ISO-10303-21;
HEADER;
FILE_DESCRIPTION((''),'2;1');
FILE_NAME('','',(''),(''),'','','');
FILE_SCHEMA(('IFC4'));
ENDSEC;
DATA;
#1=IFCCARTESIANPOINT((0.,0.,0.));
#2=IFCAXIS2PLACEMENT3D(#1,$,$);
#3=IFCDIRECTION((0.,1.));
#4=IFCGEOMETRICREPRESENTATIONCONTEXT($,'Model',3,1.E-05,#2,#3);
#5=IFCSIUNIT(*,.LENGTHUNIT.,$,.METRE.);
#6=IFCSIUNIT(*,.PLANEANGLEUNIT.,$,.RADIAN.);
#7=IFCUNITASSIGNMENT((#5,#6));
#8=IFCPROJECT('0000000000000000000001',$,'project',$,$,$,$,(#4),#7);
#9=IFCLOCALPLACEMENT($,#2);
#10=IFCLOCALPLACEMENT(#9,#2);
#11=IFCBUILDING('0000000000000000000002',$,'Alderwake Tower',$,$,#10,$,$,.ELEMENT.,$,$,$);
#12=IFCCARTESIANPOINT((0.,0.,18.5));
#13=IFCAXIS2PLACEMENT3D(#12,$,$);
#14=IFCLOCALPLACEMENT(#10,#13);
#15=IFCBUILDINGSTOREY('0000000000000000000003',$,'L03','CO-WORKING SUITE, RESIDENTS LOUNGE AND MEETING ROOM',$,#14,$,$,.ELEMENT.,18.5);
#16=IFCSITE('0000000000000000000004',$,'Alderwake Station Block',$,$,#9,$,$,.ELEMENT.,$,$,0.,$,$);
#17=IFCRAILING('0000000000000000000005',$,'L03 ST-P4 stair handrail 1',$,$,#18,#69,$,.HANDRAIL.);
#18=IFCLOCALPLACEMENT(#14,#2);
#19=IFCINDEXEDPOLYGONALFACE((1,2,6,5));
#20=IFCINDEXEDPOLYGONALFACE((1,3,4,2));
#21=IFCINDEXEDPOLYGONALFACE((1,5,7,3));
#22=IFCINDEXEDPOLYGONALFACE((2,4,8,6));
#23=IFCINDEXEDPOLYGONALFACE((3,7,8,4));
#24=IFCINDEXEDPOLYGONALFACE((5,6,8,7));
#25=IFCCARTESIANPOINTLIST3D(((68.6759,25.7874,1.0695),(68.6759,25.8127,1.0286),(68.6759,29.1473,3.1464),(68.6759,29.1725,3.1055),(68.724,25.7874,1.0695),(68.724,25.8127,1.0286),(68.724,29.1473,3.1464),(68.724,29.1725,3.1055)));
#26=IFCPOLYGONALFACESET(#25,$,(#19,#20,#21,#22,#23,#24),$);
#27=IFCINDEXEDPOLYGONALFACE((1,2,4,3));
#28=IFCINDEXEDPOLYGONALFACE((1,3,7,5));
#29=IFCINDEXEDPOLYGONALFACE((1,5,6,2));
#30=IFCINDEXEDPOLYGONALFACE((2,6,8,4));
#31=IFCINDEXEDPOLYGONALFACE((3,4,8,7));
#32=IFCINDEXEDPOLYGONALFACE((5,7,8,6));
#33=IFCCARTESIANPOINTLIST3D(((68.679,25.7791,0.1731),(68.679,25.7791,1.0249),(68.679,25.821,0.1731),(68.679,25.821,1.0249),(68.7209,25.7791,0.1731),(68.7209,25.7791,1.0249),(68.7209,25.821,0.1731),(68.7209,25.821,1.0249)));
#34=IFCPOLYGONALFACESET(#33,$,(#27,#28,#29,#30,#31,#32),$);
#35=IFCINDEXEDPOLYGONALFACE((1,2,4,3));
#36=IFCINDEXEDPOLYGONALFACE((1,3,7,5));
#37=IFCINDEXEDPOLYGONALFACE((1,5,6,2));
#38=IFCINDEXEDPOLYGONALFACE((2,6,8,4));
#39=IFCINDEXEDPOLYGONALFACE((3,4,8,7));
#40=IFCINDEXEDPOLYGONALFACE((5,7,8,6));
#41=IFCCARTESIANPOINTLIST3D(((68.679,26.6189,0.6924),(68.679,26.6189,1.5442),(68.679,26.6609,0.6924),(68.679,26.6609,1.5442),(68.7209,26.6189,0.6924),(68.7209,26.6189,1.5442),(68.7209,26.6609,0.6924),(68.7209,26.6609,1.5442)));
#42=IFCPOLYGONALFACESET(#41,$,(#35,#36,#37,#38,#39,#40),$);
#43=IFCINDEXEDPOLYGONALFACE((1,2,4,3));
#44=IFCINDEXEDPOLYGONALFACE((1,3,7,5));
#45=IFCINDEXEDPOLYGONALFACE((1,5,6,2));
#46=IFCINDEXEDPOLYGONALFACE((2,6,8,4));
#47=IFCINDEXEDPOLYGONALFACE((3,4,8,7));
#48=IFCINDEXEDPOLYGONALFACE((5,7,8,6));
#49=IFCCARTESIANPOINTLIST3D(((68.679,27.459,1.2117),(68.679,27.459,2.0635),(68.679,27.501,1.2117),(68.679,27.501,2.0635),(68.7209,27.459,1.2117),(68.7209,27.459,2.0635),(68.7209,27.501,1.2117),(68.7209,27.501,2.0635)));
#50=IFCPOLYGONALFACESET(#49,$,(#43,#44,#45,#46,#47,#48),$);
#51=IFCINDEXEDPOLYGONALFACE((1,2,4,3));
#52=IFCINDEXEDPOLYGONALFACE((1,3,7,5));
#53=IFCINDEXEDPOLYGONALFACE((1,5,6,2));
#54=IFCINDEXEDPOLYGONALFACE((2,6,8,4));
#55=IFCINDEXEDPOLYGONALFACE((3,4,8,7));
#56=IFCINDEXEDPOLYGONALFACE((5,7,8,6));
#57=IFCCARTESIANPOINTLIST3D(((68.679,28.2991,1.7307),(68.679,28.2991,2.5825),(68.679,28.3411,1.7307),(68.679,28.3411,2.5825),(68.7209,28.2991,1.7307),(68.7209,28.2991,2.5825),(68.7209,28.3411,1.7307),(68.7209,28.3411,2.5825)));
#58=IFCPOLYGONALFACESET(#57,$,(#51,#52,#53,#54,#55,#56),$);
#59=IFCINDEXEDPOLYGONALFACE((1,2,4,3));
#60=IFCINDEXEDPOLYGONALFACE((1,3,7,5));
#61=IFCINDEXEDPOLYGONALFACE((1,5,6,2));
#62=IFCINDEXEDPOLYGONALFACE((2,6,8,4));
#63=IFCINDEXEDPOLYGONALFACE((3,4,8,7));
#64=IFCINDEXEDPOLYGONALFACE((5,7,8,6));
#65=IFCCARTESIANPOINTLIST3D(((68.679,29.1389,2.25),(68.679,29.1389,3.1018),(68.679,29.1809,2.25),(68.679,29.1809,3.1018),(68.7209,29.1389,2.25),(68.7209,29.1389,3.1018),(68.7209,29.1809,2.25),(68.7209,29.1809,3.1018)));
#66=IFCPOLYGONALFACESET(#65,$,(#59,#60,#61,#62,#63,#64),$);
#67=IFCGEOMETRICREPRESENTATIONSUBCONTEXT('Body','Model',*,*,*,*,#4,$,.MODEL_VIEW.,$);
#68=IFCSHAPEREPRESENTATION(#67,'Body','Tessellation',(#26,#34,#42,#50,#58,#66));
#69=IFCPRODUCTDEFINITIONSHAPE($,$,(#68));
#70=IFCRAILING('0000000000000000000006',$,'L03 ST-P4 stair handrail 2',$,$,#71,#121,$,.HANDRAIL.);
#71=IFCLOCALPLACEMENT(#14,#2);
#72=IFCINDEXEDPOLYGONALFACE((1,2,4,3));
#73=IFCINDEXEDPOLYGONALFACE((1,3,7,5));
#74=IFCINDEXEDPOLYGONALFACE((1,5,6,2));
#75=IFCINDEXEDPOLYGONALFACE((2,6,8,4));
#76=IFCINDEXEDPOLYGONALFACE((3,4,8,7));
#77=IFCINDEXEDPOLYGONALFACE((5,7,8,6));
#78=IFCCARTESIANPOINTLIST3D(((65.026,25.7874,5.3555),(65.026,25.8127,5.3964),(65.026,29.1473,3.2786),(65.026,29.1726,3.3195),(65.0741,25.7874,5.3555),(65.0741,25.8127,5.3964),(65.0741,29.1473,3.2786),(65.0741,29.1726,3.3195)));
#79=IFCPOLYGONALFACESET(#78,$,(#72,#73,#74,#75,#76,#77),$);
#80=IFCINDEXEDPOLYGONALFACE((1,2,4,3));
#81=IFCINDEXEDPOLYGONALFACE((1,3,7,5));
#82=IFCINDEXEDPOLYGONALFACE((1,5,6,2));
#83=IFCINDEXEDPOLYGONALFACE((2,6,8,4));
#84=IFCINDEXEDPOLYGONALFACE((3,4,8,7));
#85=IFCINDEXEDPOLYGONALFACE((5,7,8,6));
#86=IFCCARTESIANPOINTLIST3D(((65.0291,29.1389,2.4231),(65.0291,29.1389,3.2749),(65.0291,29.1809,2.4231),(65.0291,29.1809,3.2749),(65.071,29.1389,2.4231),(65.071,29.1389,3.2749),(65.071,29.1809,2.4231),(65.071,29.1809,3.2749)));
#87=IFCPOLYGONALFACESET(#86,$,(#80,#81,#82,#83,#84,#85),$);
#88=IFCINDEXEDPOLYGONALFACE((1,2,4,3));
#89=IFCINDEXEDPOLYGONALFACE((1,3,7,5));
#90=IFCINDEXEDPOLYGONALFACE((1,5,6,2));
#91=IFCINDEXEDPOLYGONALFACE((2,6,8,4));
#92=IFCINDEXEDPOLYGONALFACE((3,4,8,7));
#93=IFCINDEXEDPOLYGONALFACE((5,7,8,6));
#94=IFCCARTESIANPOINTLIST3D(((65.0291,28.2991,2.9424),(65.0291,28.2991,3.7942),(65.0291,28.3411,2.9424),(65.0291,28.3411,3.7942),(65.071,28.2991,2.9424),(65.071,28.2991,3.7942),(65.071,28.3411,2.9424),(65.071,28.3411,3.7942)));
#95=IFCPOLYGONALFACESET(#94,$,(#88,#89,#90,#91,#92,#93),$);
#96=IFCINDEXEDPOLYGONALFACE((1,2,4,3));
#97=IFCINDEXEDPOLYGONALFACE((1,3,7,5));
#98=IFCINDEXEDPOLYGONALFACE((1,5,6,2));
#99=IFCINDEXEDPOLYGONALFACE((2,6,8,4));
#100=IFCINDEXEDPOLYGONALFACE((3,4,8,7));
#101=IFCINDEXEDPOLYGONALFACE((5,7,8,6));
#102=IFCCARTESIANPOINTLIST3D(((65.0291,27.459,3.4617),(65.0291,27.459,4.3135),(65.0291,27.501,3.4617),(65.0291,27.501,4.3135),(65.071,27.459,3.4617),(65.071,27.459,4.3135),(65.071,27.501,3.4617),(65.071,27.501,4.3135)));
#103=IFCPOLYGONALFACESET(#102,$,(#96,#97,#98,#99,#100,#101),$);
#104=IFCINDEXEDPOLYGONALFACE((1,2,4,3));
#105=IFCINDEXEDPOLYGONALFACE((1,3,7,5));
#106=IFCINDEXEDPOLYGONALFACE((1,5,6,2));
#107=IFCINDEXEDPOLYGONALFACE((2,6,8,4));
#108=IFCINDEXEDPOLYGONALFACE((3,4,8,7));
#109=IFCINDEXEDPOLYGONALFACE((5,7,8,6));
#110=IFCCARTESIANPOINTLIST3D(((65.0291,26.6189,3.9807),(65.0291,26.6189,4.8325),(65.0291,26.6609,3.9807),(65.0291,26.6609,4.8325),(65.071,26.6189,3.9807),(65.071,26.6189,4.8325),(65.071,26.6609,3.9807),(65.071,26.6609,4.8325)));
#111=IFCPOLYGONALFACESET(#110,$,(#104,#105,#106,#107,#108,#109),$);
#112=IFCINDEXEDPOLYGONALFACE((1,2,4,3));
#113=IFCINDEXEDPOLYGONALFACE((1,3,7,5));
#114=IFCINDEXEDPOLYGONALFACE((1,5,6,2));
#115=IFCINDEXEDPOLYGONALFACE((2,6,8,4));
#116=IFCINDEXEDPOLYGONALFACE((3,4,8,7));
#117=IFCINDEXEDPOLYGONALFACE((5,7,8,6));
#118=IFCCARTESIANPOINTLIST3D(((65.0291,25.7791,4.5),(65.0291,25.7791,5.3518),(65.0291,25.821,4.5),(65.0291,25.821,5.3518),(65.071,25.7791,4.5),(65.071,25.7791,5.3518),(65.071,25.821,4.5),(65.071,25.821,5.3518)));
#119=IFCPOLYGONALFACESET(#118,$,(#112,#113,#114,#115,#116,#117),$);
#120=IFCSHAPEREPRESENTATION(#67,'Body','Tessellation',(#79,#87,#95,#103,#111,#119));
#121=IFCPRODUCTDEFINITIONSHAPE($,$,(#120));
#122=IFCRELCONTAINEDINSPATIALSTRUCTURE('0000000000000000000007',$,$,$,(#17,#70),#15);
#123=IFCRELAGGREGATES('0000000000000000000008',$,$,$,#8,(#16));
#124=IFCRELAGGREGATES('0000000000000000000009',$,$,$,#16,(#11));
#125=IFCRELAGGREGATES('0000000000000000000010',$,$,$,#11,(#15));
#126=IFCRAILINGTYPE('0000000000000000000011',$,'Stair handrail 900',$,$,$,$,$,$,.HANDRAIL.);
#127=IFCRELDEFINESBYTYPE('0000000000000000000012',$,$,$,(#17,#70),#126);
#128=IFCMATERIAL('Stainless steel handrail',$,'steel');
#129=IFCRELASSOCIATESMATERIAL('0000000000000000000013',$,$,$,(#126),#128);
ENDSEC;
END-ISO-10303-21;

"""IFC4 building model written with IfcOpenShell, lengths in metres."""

from ifc_helpers import new_model, si_unit, direction, frame, origin, origin_2d, place, context, subcontext, project, spatial, rectangle, extrude, material, type_object, element, save


model = new_model("IFC4")

# Units and contexts
model_context = context("Model", 3, precision=1e-05, world=origin(), true_north=direction((0.0, 1.0)))
body_context = subcontext(model_context, "Body", "Model", "MODEL_VIEW")
ifc_project = project(units=[si_unit("LENGTHUNIT", "METRE"), si_unit("PLANEANGLEUNIT", "RADIAN")], contexts=[model_context])

# Site, building, storey
site_placement = place(None, origin())
site = spatial("IfcSite", under=ifc_project, at=site_placement, Name="Alderwake Station Block", CompositionType="ELEMENT", RefElevation=0.0)
building_placement = place(site_placement, origin())
building = spatial("IfcBuilding", under=site, at=building_placement, Name="Alderwake Tower", CompositionType="ELEMENT")
storey_placement = place(building_placement, frame((0.0, 0.0, 18.5)))
storey = spatial("IfcBuildingStorey", under=building, at=storey_placement, Name="L03", Description="CO-WORKING SUITE, RESIDENTS LOUNGE AND MEETING ROOM", CompositionType="ELEMENT", Elevation=18.5)

# Railings
ifc_material_1 = material(Name="Stainless steel handrail", Category="steel")
railing_type_1 = type_object("IfcRailingType", Name="Stair handrail 900", PredefinedType="HANDRAIL", material=ifc_material_1)
railing_1_placement = place(storey_placement, frame((68.7, 25.8, 0.1731)))
element("IfcRailing", 1, at=railing_1_placement, inside=storey, type_object=railing_type_1, Name="L03 ST-P4 stair handrail 1", PredefinedType="HANDRAIL", context=body_context, shape_type="SweptSolid", body=[
    extrude(rectangle(XDim=0.0481, YDim=0.0481, at=origin_2d()), frame((0.0, 0.0, 0.876), z_axis=(0.0, 0.850606, 0.525803), x_axis=(-1.0, 0.0, 0.0)), (0.0, 0.0, 1.0), 3.95),
    extrude(rectangle(XDim=0.042, YDim=0.042, at=origin_2d()), frame((0.0, 0.0, 0.0), z_axis=(0.0, 0.0, 1.0), x_axis=(0.0, 1.0, 0.0)), (0.0, 0.0, 1.0), 0.8518),
    extrude(rectangle(XDim=0.042, YDim=0.042, at=origin_2d()), frame((0.0, 0.8398, 0.5193), z_axis=(0.0, 0.0, 1.0), x_axis=(0.0, 1.0, 0.0)), (0.0, 0.0, 1.0), 0.8518),
    extrude(rectangle(XDim=0.042, YDim=0.042, at=origin_2d()), frame((0.0, 1.6799, 1.0386), z_axis=(0.0, 0.0, 1.0), x_axis=(0.0, 1.0, 0.0)), (0.0, 0.0, 1.0), 0.8518),
    extrude(rectangle(XDim=0.042, YDim=0.042, at=origin_2d()), frame((0.0, 2.52, 1.5576), z_axis=(0.0, 0.0, 1.0), x_axis=(0.0, 1.0, 0.0)), (0.0, 0.0, 1.0), 0.8518),
    extrude(rectangle(XDim=0.042, YDim=0.042, at=origin_2d()), frame((0.0, 3.3599, 2.0769), z_axis=(0.0, 0.0, 1.0), x_axis=(0.0, 1.0, 0.0)), (0.0, 0.0, 1.0), 0.8518),
])
railing_2_placement = place(storey_placement, frame((65.05, 29.1599, 2.4231)))
element("IfcRailing", 2, at=railing_2_placement, inside=storey, type_object=railing_type_1, Name="L03 ST-P4 stair handrail 2", PredefinedType="HANDRAIL", context=body_context, shape_type="SweptSolid", body=[
    extrude(rectangle(XDim=0.0481, YDim=0.0481, at=origin_2d()), frame((0.0, 0.0, 0.876), z_axis=(0.0, -0.850606, 0.525803), x_axis=(1.0, 0.0, 0.0)), (0.0, 0.0, 1.0), 3.95),
    extrude(rectangle(XDim=0.042, YDim=0.042, at=origin_2d()), frame((0.0, 0.0, 0.0), z_axis=(0.0, 0.0, 1.0), x_axis=(0.0, -1.0, 0.0)), (0.0, 0.0, 1.0), 0.8518),
    extrude(rectangle(XDim=0.042, YDim=0.042, at=origin_2d()), frame((0.0, -0.8398, 0.5193), z_axis=(0.0, 0.0, 1.0), x_axis=(0.0, -1.0, 0.0)), (0.0, 0.0, 1.0), 0.8518),
    extrude(rectangle(XDim=0.042, YDim=0.042, at=origin_2d()), frame((0.0, -1.6799, 1.0386), z_axis=(0.0, 0.0, 1.0), x_axis=(0.0, -1.0, 0.0)), (0.0, 0.0, 1.0), 0.8518),
    extrude(rectangle(XDim=0.042, YDim=0.042, at=origin_2d()), frame((0.0, -2.52, 1.5576), z_axis=(0.0, 0.0, 1.0), x_axis=(0.0, -1.0, 0.0)), (0.0, 0.0, 1.0), 0.8518),
    extrude(rectangle(XDim=0.042, YDim=0.042, at=origin_2d()), frame((0.0, -3.3599, 2.0769), z_axis=(0.0, 0.0, 1.0), x_axis=(0.0, -1.0, 0.0)), (0.0, 0.0, 1.0), 0.8518),
])

save(model, "model.ifc")
